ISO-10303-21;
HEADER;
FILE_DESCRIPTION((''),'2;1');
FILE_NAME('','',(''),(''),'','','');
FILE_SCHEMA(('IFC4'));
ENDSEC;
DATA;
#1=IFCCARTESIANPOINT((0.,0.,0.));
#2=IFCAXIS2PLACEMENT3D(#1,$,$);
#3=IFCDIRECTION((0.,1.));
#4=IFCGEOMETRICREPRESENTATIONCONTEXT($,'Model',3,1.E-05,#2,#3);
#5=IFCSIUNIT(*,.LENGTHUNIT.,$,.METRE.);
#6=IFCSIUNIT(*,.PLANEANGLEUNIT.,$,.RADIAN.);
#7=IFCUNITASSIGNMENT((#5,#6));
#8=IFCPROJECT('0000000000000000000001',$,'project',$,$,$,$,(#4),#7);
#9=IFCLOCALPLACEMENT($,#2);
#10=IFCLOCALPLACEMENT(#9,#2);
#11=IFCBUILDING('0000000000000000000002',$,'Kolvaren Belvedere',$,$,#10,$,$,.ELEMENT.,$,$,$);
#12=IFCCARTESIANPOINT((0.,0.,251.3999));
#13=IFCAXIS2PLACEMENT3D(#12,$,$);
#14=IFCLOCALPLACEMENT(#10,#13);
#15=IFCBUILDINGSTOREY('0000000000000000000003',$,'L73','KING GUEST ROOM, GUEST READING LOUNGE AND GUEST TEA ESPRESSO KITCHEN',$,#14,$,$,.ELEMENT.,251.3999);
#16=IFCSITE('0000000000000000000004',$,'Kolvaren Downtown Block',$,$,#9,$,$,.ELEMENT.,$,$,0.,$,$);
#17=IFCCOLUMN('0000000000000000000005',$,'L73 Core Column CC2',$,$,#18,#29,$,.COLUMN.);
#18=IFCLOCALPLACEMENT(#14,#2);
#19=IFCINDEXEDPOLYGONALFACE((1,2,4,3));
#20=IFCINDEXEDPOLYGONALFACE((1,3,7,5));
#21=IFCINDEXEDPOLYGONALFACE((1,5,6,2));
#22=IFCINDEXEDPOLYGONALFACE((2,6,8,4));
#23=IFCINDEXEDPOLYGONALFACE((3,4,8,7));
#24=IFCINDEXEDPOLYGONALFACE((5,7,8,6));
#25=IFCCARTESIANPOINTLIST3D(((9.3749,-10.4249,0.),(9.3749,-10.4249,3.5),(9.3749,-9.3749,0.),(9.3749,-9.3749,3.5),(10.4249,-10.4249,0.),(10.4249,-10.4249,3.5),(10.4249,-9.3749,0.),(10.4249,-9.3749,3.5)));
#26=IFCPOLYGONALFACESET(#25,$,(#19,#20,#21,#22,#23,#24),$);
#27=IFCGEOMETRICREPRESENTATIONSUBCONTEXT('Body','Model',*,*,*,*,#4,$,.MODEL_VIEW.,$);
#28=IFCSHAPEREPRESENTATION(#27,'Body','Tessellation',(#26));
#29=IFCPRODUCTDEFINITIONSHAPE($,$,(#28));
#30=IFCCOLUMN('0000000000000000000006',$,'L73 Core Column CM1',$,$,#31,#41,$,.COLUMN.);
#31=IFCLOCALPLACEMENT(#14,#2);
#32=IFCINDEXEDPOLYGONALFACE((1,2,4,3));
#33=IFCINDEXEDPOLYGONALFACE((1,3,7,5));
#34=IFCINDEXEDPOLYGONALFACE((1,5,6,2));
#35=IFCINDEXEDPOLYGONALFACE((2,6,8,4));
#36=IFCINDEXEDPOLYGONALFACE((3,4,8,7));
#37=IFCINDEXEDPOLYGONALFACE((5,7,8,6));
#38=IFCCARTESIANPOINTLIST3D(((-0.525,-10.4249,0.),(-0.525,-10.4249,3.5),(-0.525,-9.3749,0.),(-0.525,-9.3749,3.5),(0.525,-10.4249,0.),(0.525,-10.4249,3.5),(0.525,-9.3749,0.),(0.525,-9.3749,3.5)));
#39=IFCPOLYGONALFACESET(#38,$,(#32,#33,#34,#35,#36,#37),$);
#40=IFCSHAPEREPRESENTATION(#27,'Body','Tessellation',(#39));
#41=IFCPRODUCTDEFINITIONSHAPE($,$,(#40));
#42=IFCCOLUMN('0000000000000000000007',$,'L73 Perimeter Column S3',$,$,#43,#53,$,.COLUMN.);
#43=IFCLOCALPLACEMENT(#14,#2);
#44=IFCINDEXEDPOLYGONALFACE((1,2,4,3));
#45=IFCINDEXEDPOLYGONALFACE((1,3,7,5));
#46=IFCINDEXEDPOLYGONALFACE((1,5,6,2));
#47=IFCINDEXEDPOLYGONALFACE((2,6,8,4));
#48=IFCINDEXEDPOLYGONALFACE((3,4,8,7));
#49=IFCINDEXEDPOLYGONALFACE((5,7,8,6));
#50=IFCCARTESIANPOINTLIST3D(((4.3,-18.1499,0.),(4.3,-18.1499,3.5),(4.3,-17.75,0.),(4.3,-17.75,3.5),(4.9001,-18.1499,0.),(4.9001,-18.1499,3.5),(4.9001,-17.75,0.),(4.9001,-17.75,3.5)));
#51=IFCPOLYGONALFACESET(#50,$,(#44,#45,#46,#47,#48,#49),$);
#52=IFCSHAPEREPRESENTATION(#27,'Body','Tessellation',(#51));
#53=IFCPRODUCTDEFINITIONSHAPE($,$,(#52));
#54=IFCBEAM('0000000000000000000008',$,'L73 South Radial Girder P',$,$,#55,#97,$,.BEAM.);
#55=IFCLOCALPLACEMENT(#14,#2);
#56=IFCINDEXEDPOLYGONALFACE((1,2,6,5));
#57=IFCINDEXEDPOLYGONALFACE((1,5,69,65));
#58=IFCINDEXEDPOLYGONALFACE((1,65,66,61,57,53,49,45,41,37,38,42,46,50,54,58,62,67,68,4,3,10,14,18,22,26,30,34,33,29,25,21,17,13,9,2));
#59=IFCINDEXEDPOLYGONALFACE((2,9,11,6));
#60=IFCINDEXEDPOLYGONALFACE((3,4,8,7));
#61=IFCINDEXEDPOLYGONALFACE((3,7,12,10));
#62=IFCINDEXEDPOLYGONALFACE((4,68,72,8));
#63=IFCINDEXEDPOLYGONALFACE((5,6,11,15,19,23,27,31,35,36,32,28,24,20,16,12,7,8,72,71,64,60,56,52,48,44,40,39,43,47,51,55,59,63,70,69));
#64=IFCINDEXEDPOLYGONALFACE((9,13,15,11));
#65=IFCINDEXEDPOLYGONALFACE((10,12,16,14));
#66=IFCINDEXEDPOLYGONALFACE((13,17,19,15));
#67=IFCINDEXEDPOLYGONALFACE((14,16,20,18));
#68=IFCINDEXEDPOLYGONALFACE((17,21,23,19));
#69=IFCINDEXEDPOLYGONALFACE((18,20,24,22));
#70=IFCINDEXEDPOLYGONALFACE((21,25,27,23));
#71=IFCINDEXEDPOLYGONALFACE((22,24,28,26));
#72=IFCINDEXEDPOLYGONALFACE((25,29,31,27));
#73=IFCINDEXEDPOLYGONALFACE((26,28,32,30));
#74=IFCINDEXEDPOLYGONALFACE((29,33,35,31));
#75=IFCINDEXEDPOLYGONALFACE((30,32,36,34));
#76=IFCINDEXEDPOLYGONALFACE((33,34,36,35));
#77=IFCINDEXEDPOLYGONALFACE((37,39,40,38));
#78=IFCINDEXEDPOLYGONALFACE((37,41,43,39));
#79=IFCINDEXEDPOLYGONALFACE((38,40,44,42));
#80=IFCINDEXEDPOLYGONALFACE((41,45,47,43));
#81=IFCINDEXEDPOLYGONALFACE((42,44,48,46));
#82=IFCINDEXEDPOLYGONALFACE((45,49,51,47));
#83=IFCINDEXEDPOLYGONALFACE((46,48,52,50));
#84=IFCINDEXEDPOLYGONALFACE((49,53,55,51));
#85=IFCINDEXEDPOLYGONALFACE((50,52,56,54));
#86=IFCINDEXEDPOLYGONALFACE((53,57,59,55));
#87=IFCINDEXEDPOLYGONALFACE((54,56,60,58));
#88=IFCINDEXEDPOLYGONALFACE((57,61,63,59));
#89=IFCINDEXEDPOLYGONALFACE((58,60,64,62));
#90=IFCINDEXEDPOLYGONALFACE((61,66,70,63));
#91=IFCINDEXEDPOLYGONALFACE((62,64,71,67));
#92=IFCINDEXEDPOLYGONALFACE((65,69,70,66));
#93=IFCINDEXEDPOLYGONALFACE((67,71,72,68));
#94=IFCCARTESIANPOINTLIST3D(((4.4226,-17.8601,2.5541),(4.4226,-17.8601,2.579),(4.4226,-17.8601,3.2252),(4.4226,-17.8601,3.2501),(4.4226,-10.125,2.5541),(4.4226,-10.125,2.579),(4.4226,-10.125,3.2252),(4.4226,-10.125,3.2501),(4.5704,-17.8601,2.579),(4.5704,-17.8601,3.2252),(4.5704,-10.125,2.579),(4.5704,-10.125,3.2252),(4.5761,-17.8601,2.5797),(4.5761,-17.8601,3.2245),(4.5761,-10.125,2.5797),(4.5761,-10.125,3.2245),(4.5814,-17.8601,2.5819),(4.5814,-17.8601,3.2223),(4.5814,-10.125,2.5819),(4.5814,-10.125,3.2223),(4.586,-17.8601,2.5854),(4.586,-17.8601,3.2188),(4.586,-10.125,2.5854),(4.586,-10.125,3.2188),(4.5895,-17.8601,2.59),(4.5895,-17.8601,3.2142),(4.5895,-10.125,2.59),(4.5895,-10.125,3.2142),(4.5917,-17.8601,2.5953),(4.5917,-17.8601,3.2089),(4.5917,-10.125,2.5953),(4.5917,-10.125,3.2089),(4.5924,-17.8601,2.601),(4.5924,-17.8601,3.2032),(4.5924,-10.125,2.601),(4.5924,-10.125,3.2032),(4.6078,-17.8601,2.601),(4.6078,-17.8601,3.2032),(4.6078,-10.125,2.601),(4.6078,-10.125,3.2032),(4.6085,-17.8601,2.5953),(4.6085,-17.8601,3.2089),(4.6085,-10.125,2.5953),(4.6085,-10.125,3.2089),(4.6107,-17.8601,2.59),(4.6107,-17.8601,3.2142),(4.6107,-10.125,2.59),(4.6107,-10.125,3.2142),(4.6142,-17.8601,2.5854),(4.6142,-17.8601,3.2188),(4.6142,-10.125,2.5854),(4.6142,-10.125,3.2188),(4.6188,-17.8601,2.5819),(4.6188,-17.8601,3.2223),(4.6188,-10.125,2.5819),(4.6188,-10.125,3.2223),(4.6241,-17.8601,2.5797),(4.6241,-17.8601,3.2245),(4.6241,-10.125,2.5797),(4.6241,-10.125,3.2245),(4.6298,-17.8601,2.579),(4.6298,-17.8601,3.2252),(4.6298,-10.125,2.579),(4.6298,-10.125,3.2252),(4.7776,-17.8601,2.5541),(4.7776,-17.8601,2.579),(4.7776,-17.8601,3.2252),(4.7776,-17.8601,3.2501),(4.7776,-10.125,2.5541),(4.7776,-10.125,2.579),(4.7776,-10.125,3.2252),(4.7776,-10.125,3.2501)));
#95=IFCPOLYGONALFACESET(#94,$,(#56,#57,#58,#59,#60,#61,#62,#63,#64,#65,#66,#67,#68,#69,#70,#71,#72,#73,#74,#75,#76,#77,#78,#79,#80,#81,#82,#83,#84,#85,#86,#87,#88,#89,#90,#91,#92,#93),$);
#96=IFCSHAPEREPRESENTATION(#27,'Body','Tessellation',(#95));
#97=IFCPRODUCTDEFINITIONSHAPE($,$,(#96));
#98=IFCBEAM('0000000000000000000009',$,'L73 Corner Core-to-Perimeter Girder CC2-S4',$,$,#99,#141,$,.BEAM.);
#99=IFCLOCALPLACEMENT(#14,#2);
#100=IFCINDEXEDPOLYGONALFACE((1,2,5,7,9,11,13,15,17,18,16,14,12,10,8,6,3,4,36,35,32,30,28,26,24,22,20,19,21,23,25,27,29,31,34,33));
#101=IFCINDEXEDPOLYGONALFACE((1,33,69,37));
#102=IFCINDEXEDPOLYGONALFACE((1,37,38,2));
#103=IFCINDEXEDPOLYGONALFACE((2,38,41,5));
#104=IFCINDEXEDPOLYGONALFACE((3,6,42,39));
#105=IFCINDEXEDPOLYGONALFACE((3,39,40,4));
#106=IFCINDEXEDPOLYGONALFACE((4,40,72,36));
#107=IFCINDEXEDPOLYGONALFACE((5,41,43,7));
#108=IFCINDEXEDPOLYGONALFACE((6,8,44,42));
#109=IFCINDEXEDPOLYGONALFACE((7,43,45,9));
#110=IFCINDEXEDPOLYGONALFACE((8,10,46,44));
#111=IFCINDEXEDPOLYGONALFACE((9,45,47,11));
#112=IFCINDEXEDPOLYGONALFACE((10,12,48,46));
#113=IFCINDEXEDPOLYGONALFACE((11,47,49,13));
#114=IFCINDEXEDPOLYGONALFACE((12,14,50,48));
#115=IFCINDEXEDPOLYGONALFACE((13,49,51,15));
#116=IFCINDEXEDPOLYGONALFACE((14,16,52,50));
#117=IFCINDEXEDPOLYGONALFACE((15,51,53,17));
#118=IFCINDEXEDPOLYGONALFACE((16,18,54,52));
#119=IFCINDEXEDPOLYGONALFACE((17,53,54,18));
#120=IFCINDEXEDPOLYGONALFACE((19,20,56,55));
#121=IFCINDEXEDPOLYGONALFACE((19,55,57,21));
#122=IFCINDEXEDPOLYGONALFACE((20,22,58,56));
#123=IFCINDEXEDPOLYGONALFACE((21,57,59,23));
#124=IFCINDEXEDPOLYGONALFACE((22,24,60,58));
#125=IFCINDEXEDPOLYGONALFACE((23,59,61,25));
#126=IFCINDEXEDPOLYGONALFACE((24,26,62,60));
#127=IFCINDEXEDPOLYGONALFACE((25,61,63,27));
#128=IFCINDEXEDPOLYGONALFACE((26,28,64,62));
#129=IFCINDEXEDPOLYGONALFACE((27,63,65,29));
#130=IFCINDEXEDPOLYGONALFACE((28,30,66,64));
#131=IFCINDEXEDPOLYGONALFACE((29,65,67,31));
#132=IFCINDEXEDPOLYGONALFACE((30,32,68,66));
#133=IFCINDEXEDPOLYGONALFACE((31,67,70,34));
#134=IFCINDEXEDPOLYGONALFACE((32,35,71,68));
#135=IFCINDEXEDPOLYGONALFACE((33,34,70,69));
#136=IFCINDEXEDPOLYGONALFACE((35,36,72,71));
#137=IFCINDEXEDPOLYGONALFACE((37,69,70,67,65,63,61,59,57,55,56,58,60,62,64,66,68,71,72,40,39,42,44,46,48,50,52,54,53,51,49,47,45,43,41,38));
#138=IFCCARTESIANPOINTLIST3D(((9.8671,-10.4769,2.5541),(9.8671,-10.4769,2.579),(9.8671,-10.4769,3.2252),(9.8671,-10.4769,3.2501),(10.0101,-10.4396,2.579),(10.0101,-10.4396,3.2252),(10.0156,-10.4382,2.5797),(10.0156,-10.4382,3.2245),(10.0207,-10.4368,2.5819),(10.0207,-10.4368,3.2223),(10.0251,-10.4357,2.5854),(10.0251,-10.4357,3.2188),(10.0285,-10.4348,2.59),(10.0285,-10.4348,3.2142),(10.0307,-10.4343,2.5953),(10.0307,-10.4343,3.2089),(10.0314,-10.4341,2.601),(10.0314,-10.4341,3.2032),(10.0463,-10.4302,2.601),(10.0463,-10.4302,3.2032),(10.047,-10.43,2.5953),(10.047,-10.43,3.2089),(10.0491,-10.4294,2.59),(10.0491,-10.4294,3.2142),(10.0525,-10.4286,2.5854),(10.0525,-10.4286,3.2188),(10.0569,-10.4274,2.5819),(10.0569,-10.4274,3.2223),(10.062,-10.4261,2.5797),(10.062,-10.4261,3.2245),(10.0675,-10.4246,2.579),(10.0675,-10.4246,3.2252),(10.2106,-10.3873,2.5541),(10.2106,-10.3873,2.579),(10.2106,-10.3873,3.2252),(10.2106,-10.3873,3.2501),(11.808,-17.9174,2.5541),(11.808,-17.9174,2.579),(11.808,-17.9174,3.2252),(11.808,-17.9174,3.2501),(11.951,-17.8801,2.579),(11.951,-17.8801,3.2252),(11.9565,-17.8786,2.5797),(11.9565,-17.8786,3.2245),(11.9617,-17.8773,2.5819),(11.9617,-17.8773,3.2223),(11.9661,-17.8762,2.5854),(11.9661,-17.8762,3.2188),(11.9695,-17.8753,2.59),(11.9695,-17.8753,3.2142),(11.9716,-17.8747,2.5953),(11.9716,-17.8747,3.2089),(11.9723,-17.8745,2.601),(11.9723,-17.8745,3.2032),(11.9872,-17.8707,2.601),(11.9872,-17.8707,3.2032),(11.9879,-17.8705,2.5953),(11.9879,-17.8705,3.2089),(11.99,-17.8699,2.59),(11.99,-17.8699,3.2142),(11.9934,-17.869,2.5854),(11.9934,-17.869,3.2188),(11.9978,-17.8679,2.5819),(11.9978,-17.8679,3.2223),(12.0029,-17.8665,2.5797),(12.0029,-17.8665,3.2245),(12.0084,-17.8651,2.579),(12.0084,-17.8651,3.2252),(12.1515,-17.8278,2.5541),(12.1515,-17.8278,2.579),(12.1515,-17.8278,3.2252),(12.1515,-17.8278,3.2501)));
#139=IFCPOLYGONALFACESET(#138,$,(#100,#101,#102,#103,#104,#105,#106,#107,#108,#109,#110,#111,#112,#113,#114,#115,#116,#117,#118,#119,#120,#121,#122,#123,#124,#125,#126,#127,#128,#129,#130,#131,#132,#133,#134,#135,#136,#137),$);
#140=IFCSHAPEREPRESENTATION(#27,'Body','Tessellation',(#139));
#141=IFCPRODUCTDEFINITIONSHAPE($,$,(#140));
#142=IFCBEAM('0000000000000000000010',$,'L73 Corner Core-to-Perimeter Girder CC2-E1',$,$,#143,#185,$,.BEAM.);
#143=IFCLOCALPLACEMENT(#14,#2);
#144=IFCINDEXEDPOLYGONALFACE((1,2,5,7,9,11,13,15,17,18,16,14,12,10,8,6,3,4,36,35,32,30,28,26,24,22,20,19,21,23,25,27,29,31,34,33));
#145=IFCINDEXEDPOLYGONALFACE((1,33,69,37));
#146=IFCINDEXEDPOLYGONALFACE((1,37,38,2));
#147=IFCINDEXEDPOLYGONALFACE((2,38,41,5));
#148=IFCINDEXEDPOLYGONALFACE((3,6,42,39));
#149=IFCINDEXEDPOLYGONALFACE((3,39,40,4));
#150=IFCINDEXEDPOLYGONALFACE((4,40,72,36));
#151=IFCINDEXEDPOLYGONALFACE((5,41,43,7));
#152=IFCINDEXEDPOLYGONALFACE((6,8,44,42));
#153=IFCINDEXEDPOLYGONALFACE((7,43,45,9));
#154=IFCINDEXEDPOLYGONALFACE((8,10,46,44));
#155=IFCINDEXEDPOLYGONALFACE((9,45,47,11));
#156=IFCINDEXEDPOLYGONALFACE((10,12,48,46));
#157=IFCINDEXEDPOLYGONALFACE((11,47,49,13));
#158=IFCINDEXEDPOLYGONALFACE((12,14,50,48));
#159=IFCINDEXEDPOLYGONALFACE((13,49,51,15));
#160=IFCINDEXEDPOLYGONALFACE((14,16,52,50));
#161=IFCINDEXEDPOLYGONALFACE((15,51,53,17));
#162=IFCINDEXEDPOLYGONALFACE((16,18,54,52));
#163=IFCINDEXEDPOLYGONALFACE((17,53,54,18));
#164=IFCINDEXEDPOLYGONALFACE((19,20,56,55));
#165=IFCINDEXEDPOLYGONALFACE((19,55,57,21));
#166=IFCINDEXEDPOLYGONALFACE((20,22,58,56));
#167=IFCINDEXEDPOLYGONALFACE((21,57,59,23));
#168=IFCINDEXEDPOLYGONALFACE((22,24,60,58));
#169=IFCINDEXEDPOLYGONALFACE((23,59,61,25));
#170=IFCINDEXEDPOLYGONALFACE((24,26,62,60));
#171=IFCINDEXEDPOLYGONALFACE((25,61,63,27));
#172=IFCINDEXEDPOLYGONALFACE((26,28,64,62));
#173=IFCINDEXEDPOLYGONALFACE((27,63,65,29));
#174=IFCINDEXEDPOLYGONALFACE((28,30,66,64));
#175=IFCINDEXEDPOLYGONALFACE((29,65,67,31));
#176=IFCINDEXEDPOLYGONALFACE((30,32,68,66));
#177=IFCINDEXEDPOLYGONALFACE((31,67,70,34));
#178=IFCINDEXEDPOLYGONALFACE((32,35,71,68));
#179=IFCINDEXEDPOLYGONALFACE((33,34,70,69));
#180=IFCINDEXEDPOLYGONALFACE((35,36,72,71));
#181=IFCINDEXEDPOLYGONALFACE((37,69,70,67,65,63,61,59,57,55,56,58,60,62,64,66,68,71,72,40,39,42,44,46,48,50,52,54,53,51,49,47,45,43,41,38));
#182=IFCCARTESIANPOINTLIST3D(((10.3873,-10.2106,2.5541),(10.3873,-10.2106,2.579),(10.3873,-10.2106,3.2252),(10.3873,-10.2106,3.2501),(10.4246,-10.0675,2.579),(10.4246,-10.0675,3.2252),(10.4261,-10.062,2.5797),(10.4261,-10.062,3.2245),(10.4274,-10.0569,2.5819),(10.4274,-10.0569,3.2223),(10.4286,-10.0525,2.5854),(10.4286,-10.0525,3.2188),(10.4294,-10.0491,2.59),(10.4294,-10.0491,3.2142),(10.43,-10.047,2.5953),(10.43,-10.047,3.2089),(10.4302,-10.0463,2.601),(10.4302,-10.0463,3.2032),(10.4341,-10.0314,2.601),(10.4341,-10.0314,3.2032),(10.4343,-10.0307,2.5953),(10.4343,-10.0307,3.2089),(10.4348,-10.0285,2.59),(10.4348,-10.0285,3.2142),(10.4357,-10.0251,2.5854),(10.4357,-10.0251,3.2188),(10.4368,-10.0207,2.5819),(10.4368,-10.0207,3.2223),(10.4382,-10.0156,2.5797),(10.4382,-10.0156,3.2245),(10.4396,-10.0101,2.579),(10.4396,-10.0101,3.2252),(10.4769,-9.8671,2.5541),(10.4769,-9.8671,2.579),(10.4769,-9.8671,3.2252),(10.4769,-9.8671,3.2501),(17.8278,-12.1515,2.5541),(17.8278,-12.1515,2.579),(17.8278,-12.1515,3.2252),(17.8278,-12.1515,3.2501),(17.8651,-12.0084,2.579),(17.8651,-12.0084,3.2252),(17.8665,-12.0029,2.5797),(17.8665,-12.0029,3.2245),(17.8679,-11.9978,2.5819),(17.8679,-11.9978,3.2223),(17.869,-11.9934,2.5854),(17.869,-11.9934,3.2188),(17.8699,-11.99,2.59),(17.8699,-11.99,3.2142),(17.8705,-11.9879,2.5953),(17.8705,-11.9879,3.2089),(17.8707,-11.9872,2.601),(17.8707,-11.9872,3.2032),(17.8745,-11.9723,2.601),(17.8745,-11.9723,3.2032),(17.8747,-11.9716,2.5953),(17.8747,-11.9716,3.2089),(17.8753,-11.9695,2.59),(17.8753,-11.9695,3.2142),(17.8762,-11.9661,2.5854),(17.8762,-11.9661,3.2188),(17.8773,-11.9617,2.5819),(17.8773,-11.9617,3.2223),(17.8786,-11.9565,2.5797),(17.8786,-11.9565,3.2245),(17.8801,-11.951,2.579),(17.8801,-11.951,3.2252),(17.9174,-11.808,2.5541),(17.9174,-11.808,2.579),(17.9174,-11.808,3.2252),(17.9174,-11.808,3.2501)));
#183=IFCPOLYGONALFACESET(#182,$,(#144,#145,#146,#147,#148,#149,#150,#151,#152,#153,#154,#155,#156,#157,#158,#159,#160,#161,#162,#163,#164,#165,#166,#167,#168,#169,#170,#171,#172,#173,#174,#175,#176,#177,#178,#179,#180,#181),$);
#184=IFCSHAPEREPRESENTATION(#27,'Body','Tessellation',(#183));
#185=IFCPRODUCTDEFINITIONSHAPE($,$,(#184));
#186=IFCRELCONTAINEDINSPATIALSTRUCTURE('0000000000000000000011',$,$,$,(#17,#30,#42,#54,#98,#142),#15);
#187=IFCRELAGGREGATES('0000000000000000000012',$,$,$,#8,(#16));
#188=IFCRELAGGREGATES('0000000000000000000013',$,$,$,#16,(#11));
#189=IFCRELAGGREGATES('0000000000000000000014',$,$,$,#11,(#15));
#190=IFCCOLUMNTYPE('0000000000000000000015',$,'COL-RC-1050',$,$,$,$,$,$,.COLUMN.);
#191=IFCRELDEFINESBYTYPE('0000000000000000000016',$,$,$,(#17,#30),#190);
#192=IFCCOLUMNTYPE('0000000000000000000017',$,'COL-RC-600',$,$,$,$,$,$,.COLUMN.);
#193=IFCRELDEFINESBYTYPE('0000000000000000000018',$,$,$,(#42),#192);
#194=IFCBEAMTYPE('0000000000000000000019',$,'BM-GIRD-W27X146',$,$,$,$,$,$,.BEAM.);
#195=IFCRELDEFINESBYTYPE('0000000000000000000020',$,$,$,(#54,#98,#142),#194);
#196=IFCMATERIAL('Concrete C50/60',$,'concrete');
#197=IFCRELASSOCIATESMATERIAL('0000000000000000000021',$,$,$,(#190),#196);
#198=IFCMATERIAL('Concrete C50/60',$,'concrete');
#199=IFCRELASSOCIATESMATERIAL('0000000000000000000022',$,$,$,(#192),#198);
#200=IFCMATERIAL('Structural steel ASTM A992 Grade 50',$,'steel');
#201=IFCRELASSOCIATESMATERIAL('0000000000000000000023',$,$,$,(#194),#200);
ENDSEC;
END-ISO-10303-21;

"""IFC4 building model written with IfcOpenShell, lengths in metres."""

from ifc_helpers import new_model, si_unit, direction, frame, origin, origin_2d, place, context, subcontext, project, spatial, rectangle, i_section, extrude, material, material_profile, profile_set, type_object, element, save


model = new_model("IFC4")

# Units and contexts
model_context = context("Model", 3, precision=1e-05, world=origin(), true_north=direction((0.0, 1.0)))
body_context = subcontext(model_context, "Body", "Model", "MODEL_VIEW")
ifc_project = project(units=[si_unit("LENGTHUNIT", "METRE"), si_unit("PLANEANGLEUNIT", "RADIAN")], contexts=[model_context])

# Site, building, storey
site_placement = place(None, origin())
site = spatial("IfcSite", under=ifc_project, at=site_placement, Name="Kolvaren Downtown Block", CompositionType="ELEMENT", RefElevation=0.0)
building_placement = place(site_placement, origin())
building = spatial("IfcBuilding", under=site, at=building_placement, Name="Kolvaren Belvedere", CompositionType="ELEMENT")
storey_placement = place(building_placement, frame((0.0, 0.0, 251.3999)))
storey = spatial("IfcBuildingStorey", under=building, at=storey_placement, Name="L73", Description="KING GUEST ROOM, GUEST READING LOUNGE AND GUEST TEA ESPRESSO KITCHEN", CompositionType="ELEMENT", Elevation=251.3999)

# Columns
ifc_material_1 = material(Name="Concrete C50/60", Category="concrete")
ifc_material_profile_1 = material_profile(ifc_material_1, rectangle(XDim=1.05, YDim=1.05, at=origin_2d()), Name="RC 1050X1050")
ifc_profile_set_1 = profile_set([ifc_material_profile_1], Name="Concrete C50/60")
column_type_1 = type_object("IfcColumnType", Name="COL-RC-1050", PredefinedType="COLUMN", material=ifc_profile_set_1)
for number, where, z_axis, x_axis, name in (
    (1, (9.8999, -9.8999, 0.0), (0.0, 0.0, 1.0), (1.0, 0.0, 0.0), "L73 Core Column CC2"),
    (2, (0.0, -9.8999, 0.0), (0.0, 0.0, 1.0), (1.0, 0.0, 0.0), "L73 Core Column CM1"),
):
    element("IfcColumn", number, at=place(storey_placement, frame(where, z_axis=z_axis, x_axis=x_axis)), inside=storey, type_object=column_type_1, Name=name, PredefinedType="COLUMN", context=body_context, shape_type="SweptSolid", body=[
        extrude(rectangle(XDim=1.05, YDim=1.05, at=origin_2d()), origin(), (0.0, 0.0, 1.0), 3.5),
    ])
ifc_material_2 = material(Name="Concrete C50/60", Category="concrete")
ifc_material_profile_2 = material_profile(ifc_material_2, rectangle(XDim=0.6001, YDim=0.3999, at=origin_2d()), Name="RC 600X400")
ifc_profile_set_2 = profile_set([ifc_material_profile_2], Name="Concrete C50/60")
column_type_2 = type_object("IfcColumnType", Name="COL-RC-600", PredefinedType="COLUMN", material=ifc_profile_set_2)
column_placement = place(storey_placement, frame((4.6001, -17.95, 0.0), z_axis=(0.0, 0.0, 1.0), x_axis=(1.0, 0.0, 0.0)))
element("IfcColumn", 3, at=column_placement, inside=storey, type_object=column_type_2, Name="L73 Perimeter Column S3", PredefinedType="COLUMN", context=body_context, shape_type="SweptSolid", body=[
    extrude(rectangle(XDim=0.6001, YDim=0.3999, at=origin_2d()), origin(), (0.0, 0.0, 1.0), 3.5),
])

# Beams
ifc_material_3 = material(Name="Structural steel ASTM A992 Grade 50", Category="steel")
ifc_material_profile_3 = material_profile(ifc_material_3, i_section(OverallWidth=0.355, OverallDepth=0.696, WebThickness=0.0154, FlangeThickness=0.0249, FilletRadius=0.022, at=origin_2d()), Name="W27X146")
ifc_profile_set_3 = profile_set([ifc_material_profile_3], Name="Structural steel ASTM A992 Grade 50")
beam_type_1 = type_object("IfcBeamType", Name="BM-GIRD-W27X146", PredefinedType="BEAM", material=ifc_profile_set_3)
beam_1_placement = place(storey_placement, frame((4.6001, -10.125, 2.9021), z_axis=(0.0, -1.0, 0.0), x_axis=(1.0, 0.0, 0.0)))
element("IfcBeam", 4, at=beam_1_placement, inside=storey, type_object=beam_type_1, Name="L73 South Radial Girder P", PredefinedType="BEAM", context=body_context, shape_type="SweptSolid", body=[
    extrude(i_section(OverallWidth=0.355, OverallDepth=0.696, WebThickness=0.0154, FlangeThickness=0.0249, FilletRadius=0.022, at=origin_2d()), origin(), (0.0, 0.0, 1.0), 7.7351),
])
for number, where, z_axis, x_axis, name in (
    (5, (10.0388, -10.4321, 2.9021), (0.252414, -0.967619, 0.0), (0.967619, 0.252414, 0.0), "L73 Corner Core-to-Perimeter Girder CC2-S4"),
    (6, (10.4321, -10.0388, 2.9021), (0.967619, -0.252414, 0.0), (0.252414, 0.967619, 0.0), "L73 Corner Core-to-Perimeter Girder CC2-E1"),
):
    element("IfcBeam", number, at=place(storey_placement, frame(where, z_axis=z_axis, x_axis=x_axis)), inside=storey, type_object=beam_type_1, Name=name, PredefinedType="BEAM", context=body_context, shape_type="SweptSolid", body=[
        extrude(i_section(OverallWidth=0.355, OverallDepth=0.696, WebThickness=0.0154, FlangeThickness=0.0249, FilletRadius=0.022, at=origin_2d()), origin(), (0.0, 0.0, 1.0), 7.6895),
    ])

save(model, "model.ifc")
